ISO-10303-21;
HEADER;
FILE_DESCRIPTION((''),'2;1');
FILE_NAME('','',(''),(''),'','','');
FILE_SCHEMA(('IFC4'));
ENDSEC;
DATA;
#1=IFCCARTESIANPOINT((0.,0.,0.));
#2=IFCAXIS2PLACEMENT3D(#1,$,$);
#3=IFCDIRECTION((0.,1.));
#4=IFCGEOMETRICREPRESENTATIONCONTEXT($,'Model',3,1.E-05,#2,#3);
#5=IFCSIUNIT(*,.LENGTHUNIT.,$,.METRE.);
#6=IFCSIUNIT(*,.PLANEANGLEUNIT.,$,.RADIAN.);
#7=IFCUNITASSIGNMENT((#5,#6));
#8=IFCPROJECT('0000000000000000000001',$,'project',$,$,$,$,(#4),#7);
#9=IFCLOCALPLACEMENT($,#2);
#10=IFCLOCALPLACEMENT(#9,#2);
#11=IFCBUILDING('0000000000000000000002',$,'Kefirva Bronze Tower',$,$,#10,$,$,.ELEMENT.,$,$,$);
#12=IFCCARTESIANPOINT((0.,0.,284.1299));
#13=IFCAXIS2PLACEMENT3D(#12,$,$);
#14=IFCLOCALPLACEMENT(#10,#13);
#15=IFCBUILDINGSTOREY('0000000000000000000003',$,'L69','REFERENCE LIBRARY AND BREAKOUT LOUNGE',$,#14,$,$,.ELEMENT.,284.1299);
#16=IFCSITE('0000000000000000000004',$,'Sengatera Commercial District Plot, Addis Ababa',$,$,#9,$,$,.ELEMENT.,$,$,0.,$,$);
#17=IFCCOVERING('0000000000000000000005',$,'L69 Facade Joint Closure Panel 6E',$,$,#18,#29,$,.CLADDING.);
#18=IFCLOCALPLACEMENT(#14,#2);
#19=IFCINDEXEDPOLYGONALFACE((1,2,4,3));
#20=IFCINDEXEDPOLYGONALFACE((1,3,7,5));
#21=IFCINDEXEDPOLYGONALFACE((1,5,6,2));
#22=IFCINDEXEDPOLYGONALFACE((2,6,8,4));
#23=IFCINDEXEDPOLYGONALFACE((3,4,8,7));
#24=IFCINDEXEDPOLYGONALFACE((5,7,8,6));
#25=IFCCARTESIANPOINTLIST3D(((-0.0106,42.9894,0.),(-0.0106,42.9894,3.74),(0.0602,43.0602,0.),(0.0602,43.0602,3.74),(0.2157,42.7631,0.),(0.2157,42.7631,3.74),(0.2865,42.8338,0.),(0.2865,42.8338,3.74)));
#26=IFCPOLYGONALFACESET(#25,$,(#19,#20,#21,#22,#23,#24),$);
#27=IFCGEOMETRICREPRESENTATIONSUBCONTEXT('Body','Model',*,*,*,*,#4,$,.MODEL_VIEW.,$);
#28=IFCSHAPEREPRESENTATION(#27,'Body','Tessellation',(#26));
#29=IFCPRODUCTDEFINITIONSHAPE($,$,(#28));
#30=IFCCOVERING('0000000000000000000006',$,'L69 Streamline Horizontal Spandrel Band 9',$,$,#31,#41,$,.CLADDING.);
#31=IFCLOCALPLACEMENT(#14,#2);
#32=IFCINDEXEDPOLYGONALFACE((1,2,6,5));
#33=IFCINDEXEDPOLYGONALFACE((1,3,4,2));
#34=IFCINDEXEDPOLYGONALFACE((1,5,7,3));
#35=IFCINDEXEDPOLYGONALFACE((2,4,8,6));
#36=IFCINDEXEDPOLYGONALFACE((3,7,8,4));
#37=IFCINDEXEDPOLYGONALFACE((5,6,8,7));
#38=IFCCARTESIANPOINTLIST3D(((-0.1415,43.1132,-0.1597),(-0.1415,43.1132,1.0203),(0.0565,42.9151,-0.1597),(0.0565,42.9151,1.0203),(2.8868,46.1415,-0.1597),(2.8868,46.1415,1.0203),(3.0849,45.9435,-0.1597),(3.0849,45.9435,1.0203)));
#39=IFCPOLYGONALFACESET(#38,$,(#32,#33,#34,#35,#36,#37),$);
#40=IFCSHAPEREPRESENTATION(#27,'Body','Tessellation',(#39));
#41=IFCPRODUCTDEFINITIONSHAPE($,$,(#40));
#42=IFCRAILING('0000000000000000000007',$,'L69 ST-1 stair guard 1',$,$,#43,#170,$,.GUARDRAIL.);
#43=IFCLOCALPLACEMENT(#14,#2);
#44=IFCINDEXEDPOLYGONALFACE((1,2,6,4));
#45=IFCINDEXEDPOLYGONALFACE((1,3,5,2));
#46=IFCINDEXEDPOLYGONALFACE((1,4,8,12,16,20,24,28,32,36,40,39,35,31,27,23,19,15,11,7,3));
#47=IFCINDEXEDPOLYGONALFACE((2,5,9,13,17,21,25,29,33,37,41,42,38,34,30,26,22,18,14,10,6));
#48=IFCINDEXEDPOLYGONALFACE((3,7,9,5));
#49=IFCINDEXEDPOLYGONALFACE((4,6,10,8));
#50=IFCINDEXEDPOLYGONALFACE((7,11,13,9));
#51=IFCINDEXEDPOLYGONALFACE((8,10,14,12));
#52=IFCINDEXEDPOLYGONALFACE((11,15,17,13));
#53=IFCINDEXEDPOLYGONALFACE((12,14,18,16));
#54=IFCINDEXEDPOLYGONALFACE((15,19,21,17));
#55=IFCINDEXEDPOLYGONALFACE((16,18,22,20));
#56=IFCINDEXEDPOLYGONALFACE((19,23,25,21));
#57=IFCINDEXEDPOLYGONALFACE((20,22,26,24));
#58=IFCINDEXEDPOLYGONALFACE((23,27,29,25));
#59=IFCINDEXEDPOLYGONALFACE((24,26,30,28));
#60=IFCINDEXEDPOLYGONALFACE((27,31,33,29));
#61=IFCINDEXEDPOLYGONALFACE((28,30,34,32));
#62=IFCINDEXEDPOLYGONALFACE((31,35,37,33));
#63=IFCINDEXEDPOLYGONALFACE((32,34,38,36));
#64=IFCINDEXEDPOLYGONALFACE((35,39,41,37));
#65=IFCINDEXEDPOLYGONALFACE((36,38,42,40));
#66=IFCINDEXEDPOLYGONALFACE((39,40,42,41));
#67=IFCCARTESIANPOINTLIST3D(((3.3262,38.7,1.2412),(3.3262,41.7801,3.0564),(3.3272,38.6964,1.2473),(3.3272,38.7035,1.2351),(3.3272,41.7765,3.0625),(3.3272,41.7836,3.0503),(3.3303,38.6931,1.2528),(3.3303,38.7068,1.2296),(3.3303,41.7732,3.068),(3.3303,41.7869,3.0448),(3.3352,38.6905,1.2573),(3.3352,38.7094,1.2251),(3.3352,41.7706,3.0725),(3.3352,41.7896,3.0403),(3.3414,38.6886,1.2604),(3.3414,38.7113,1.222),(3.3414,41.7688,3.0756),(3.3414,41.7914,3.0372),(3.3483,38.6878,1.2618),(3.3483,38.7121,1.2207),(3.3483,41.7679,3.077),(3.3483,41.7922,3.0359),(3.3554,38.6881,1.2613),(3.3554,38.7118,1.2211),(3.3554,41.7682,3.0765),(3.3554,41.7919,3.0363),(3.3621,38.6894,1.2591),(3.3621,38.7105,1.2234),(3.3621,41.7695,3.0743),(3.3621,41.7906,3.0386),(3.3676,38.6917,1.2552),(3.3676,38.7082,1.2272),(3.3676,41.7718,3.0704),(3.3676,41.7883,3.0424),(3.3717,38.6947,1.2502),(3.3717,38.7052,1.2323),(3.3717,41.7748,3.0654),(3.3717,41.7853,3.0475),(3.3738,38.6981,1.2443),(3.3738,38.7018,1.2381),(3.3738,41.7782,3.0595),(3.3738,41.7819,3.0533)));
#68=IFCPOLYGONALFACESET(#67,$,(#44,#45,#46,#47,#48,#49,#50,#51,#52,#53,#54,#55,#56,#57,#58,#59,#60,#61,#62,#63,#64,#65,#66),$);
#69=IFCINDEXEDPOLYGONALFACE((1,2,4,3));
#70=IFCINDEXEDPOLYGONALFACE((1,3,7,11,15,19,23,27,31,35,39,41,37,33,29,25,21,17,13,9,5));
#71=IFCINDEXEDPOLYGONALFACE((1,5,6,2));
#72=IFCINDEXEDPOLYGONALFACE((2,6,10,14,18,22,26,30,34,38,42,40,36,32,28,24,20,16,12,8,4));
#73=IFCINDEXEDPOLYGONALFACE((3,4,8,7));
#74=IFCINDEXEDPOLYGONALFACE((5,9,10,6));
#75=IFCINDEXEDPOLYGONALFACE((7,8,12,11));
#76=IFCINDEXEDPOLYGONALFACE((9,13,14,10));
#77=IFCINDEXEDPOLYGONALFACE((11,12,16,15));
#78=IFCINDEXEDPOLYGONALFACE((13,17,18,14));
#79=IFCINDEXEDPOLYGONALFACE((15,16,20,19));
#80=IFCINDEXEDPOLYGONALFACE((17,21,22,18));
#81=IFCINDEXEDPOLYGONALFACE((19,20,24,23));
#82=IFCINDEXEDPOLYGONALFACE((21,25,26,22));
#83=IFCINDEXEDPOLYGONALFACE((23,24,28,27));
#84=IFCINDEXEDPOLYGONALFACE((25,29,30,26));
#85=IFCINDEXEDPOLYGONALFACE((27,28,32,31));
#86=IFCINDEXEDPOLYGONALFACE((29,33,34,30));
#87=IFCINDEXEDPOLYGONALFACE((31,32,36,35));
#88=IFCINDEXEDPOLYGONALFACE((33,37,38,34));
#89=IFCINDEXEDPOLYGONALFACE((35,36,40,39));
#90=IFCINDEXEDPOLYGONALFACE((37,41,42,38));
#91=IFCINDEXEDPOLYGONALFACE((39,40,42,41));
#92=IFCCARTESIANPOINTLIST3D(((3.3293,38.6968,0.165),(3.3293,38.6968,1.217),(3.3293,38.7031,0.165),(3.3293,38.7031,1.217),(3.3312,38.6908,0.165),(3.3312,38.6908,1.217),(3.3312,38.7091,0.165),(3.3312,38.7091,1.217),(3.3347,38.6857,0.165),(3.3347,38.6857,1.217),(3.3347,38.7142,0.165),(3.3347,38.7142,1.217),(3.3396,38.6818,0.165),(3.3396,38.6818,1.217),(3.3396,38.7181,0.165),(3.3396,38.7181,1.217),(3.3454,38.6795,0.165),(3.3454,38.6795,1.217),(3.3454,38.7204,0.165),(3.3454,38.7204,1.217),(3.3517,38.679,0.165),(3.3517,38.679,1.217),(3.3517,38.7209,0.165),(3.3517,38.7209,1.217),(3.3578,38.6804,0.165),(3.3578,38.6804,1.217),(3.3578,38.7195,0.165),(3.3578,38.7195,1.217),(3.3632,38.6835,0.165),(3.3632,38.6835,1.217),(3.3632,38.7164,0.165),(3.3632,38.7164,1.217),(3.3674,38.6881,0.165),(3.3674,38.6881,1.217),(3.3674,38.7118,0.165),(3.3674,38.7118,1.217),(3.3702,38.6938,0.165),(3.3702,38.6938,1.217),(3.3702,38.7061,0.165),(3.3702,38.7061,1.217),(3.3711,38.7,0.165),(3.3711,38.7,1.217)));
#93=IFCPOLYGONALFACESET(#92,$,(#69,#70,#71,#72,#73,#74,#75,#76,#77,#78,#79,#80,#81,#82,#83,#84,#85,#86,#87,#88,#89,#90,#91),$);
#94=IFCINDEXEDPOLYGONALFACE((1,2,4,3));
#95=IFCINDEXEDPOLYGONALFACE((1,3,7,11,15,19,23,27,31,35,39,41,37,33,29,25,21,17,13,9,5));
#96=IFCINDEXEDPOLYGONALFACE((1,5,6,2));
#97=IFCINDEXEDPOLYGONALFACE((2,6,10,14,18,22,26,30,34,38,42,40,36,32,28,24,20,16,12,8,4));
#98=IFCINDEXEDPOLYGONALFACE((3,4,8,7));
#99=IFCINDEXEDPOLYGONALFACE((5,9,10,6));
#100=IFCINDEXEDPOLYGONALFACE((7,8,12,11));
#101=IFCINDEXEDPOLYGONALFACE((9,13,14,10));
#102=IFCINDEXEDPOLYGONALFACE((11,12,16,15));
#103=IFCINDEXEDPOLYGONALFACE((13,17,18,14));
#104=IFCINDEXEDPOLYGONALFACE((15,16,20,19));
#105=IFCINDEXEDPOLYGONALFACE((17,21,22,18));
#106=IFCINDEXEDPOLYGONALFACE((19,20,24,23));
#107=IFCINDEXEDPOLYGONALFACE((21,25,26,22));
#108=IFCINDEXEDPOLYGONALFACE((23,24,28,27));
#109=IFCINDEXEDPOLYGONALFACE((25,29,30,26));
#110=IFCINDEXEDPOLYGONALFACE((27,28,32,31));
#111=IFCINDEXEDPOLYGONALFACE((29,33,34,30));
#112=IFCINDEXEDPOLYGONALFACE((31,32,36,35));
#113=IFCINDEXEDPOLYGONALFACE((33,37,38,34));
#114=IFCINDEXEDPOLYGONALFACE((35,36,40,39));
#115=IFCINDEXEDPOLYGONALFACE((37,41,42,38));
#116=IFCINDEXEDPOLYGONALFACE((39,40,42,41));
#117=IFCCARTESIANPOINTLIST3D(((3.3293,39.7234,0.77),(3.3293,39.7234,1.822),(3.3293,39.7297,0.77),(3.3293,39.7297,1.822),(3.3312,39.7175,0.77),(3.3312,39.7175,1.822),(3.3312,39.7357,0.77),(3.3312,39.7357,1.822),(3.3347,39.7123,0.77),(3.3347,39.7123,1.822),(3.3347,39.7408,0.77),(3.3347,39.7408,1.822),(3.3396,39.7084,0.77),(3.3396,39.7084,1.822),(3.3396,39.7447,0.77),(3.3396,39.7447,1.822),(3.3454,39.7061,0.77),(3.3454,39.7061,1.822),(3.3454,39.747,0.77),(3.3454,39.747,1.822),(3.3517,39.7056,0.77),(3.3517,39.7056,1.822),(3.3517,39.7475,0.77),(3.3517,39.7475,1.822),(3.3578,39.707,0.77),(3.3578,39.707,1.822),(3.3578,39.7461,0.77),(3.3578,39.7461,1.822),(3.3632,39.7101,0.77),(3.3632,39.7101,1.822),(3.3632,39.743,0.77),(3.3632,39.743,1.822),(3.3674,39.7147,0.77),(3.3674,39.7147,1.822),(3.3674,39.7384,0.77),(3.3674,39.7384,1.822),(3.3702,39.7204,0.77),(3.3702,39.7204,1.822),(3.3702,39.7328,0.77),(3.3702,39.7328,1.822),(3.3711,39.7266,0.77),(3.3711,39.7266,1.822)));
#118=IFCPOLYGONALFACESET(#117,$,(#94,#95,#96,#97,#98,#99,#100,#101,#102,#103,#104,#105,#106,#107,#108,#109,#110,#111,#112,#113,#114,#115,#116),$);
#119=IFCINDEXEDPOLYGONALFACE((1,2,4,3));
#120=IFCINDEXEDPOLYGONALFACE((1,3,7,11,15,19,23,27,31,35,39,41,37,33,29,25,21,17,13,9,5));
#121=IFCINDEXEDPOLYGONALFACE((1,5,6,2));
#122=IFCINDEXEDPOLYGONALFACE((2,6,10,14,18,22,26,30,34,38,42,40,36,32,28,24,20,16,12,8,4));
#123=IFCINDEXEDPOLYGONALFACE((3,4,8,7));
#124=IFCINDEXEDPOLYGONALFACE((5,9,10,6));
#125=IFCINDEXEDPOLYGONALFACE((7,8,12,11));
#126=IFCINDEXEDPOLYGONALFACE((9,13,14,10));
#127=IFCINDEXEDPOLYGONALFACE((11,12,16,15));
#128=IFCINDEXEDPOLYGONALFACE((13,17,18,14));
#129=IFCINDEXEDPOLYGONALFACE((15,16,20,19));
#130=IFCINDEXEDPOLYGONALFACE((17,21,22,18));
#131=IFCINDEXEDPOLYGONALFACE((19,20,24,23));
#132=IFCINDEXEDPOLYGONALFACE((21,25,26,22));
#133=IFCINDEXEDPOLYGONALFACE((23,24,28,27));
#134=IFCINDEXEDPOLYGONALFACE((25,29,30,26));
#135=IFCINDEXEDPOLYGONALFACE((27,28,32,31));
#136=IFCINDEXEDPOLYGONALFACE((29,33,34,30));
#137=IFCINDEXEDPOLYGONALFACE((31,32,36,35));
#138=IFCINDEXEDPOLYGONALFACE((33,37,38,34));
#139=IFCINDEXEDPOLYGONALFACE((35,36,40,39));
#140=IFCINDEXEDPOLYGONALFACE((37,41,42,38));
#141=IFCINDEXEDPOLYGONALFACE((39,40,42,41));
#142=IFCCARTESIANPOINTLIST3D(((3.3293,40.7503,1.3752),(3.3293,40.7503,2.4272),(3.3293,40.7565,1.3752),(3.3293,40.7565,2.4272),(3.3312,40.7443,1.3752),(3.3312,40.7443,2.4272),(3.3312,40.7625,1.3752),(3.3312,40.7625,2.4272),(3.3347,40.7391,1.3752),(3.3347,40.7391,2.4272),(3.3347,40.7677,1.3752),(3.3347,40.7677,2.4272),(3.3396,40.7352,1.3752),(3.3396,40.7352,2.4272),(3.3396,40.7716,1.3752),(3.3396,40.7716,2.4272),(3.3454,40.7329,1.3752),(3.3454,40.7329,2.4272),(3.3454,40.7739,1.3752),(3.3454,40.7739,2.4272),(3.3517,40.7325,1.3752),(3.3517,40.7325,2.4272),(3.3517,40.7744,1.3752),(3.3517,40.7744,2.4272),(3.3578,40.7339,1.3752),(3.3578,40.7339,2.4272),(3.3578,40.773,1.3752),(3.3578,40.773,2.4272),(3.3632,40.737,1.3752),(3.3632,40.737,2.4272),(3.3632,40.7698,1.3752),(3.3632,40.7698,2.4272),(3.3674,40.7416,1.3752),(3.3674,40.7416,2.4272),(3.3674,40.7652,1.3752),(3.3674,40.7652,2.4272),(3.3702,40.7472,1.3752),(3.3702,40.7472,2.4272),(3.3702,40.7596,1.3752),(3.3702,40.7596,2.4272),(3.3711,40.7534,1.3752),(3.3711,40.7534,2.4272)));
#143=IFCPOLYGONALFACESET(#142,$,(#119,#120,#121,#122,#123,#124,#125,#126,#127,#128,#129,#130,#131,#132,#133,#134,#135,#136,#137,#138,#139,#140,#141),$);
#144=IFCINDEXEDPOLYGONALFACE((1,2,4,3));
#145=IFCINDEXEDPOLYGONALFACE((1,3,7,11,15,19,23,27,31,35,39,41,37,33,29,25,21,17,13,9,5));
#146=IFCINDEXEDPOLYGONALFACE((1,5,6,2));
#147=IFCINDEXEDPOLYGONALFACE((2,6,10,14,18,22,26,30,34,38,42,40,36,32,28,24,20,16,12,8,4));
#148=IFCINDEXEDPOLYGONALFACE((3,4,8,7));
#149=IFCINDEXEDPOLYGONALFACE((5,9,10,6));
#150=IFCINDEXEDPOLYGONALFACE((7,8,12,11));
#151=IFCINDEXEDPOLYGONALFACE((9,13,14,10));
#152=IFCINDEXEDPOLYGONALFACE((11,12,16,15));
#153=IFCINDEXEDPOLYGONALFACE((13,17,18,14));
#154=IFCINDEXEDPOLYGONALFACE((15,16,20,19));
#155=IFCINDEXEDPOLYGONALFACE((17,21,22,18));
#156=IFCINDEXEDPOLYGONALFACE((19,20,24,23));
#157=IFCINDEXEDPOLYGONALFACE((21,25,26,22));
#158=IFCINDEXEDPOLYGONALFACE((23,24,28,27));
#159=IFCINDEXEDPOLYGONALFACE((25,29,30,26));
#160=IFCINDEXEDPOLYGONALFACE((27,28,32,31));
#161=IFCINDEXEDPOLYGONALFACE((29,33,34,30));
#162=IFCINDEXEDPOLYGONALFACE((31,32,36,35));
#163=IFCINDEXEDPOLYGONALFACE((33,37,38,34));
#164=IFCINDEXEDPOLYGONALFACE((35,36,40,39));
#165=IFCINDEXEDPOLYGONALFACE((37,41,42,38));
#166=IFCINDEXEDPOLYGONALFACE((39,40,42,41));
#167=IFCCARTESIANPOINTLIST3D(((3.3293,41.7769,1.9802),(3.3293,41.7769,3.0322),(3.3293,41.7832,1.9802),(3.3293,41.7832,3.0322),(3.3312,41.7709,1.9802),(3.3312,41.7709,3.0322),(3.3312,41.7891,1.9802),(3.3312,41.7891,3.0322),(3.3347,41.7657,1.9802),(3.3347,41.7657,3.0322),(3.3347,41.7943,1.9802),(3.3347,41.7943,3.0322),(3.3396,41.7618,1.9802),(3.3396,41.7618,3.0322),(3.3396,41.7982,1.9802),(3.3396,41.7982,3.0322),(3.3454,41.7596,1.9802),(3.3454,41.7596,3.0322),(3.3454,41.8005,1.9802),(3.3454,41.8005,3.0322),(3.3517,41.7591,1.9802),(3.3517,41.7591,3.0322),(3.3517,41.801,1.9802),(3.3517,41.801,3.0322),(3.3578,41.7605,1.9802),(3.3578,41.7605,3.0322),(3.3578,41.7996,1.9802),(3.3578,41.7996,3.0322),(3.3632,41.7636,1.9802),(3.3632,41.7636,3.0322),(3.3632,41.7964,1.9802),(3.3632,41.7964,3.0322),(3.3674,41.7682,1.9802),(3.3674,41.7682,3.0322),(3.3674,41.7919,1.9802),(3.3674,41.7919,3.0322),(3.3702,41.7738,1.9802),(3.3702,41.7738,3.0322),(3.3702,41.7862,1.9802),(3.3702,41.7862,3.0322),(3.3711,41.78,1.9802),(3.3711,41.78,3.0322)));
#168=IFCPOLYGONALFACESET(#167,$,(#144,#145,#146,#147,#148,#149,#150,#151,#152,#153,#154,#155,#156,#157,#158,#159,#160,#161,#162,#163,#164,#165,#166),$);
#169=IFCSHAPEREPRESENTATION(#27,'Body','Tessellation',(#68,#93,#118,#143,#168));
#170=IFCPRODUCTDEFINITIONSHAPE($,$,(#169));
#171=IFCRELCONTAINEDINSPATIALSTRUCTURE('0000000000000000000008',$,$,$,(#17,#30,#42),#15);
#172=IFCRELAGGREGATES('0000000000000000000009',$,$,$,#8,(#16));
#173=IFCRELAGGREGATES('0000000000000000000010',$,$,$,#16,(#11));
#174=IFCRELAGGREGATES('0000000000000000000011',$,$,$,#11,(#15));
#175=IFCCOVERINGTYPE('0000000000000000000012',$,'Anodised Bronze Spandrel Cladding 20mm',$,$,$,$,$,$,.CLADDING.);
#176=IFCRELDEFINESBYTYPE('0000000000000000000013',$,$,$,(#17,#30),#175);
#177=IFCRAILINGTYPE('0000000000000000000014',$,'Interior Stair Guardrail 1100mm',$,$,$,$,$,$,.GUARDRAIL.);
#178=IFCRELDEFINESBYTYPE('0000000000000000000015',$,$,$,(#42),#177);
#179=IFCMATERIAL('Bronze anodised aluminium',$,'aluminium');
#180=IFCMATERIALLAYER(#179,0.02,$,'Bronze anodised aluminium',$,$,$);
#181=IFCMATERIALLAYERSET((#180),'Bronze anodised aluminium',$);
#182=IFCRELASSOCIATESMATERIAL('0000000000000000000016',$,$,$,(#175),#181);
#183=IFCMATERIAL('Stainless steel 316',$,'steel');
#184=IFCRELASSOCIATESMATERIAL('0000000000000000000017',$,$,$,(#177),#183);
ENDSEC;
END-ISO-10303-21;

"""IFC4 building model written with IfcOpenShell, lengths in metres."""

from ifc_helpers import new_model, si_unit, direction, frame, origin, origin_2d, place, context, subcontext, project, spatial, rectangle, circle, extrude, material, layer, layer_set, type_object, element, save


model = new_model("IFC4")

# Units and contexts
model_context = context("Model", 3, precision=1e-05, world=origin(), true_north=direction((0.0, 1.0)))
body_context = subcontext(model_context, "Body", "Model", "MODEL_VIEW")
ifc_project = project(units=[si_unit("LENGTHUNIT", "METRE"), si_unit("PLANEANGLEUNIT", "RADIAN")], contexts=[model_context])

# Site, building, storey
site_placement = place(None, origin())
site = spatial("IfcSite", under=ifc_project, at=site_placement, Name="Sengatera Commercial District Plot, Addis Ababa", CompositionType="ELEMENT", RefElevation=0.0)
building_placement = place(site_placement, origin())
building = spatial("IfcBuilding", under=site, at=building_placement, Name="Kefirva Bronze Tower", CompositionType="ELEMENT")
storey_placement = place(building_placement, frame((0.0, 0.0, 284.1299)))
storey = spatial("IfcBuildingStorey", under=building, at=storey_placement, Name="L69", Description="REFERENCE LIBRARY AND BREAKOUT LOUNGE", CompositionType="ELEMENT", Elevation=284.1299)

# Coverings
ifc_material_1 = material(Name="Bronze anodised aluminium", Category="aluminium")
ifc_layer_1 = layer(ifc_material_1, 0.02, Name="Bronze anodised aluminium")
ifc_layer_set_1 = layer_set([ifc_layer_1], Name="Bronze anodised aluminium")
covering_type_1 = type_object("IfcCoveringType", Name="Anodised Bronze Spandrel Cladding 20mm", PredefinedType="CLADDING", material=ifc_layer_set_1)
for number, where, z_axis, x_axis, name in (
    (1, (0.1379, 42.9116, 0.0), (0.0, 0.0, 1.0), (-0.707107, -0.707107, 0.0), "L69 Facade Joint Closure Panel 6E"),
):
    element("IfcCovering", number, at=place(storey_placement, frame(where, z_axis=z_axis, x_axis=x_axis)), inside=storey, type_object=covering_type_1, Name=name, PredefinedType="CLADDING", context=body_context, shape_type="SweptSolid", body=[
        extrude(rectangle(XDim=0.1001, YDim=0.3201, at=origin_2d()), origin(), (0.0, 0.0, 1.0), 3.74),
    ])
covering_1_placement = place(storey_placement, frame((1.4717, 44.5283, -0.1597), z_axis=(0.0, 0.0, 1.0), x_axis=(-0.707107, -0.707107, 0.0)))
element("IfcCovering", 2, at=covering_1_placement, inside=storey, type_object=covering_type_1, Name="L69 Streamline Horizontal Spandrel Band 9", PredefinedType="CLADDING", context=body_context, shape_type="SweptSolid", body=[
    extrude(rectangle(XDim=4.2827, YDim=0.28, at=origin_2d()), origin(), (0.0, 0.0, 1.0), 1.1799),
])

# Railing
ifc_material_2 = material(Name="Stainless steel 316", Category="steel")
railing_type_1 = type_object("IfcRailingType", Name="Interior Stair Guardrail 1100mm", PredefinedType="GUARDRAIL", material=ifc_material_2)
railing_1_placement = place(storey_placement, frame((3.3501, 38.7, 0.165)))
element("IfcRailing", 3, at=railing_1_placement, inside=storey, type_object=railing_type_1, Name="L69 ST-1 stair guard 1", PredefinedType="GUARDRAIL", context=body_context, shape_type="SweptSolid", body=[
    extrude(circle(Radius=0.0239, at=origin_2d()), frame((0.0, 0.0, 1.0762), z_axis=(0.0, 0.861521, 0.507721), x_axis=(-1.0, 0.0, 0.0)), (0.0, 0.0, 1.0), 3.5752),
    extrude(circle(Radius=0.021, at=origin_2d()), origin(), (0.0, 0.0, 1.0), 1.052),
    extrude(circle(Radius=0.021, at=origin_2d()), frame((0.0, 1.0266, 0.605)), (0.0, 0.0, 1.0), 1.052),
    extrude(circle(Radius=0.021, at=origin_2d()), frame((0.0, 2.0535, 1.2102)), (0.0, 0.0, 1.0), 1.052),
    extrude(circle(Radius=0.021, at=origin_2d()), frame((0.0, 3.0801, 1.8152)), (0.0, 0.0, 1.0), 1.052),
])

save(model, "model.ifc")
